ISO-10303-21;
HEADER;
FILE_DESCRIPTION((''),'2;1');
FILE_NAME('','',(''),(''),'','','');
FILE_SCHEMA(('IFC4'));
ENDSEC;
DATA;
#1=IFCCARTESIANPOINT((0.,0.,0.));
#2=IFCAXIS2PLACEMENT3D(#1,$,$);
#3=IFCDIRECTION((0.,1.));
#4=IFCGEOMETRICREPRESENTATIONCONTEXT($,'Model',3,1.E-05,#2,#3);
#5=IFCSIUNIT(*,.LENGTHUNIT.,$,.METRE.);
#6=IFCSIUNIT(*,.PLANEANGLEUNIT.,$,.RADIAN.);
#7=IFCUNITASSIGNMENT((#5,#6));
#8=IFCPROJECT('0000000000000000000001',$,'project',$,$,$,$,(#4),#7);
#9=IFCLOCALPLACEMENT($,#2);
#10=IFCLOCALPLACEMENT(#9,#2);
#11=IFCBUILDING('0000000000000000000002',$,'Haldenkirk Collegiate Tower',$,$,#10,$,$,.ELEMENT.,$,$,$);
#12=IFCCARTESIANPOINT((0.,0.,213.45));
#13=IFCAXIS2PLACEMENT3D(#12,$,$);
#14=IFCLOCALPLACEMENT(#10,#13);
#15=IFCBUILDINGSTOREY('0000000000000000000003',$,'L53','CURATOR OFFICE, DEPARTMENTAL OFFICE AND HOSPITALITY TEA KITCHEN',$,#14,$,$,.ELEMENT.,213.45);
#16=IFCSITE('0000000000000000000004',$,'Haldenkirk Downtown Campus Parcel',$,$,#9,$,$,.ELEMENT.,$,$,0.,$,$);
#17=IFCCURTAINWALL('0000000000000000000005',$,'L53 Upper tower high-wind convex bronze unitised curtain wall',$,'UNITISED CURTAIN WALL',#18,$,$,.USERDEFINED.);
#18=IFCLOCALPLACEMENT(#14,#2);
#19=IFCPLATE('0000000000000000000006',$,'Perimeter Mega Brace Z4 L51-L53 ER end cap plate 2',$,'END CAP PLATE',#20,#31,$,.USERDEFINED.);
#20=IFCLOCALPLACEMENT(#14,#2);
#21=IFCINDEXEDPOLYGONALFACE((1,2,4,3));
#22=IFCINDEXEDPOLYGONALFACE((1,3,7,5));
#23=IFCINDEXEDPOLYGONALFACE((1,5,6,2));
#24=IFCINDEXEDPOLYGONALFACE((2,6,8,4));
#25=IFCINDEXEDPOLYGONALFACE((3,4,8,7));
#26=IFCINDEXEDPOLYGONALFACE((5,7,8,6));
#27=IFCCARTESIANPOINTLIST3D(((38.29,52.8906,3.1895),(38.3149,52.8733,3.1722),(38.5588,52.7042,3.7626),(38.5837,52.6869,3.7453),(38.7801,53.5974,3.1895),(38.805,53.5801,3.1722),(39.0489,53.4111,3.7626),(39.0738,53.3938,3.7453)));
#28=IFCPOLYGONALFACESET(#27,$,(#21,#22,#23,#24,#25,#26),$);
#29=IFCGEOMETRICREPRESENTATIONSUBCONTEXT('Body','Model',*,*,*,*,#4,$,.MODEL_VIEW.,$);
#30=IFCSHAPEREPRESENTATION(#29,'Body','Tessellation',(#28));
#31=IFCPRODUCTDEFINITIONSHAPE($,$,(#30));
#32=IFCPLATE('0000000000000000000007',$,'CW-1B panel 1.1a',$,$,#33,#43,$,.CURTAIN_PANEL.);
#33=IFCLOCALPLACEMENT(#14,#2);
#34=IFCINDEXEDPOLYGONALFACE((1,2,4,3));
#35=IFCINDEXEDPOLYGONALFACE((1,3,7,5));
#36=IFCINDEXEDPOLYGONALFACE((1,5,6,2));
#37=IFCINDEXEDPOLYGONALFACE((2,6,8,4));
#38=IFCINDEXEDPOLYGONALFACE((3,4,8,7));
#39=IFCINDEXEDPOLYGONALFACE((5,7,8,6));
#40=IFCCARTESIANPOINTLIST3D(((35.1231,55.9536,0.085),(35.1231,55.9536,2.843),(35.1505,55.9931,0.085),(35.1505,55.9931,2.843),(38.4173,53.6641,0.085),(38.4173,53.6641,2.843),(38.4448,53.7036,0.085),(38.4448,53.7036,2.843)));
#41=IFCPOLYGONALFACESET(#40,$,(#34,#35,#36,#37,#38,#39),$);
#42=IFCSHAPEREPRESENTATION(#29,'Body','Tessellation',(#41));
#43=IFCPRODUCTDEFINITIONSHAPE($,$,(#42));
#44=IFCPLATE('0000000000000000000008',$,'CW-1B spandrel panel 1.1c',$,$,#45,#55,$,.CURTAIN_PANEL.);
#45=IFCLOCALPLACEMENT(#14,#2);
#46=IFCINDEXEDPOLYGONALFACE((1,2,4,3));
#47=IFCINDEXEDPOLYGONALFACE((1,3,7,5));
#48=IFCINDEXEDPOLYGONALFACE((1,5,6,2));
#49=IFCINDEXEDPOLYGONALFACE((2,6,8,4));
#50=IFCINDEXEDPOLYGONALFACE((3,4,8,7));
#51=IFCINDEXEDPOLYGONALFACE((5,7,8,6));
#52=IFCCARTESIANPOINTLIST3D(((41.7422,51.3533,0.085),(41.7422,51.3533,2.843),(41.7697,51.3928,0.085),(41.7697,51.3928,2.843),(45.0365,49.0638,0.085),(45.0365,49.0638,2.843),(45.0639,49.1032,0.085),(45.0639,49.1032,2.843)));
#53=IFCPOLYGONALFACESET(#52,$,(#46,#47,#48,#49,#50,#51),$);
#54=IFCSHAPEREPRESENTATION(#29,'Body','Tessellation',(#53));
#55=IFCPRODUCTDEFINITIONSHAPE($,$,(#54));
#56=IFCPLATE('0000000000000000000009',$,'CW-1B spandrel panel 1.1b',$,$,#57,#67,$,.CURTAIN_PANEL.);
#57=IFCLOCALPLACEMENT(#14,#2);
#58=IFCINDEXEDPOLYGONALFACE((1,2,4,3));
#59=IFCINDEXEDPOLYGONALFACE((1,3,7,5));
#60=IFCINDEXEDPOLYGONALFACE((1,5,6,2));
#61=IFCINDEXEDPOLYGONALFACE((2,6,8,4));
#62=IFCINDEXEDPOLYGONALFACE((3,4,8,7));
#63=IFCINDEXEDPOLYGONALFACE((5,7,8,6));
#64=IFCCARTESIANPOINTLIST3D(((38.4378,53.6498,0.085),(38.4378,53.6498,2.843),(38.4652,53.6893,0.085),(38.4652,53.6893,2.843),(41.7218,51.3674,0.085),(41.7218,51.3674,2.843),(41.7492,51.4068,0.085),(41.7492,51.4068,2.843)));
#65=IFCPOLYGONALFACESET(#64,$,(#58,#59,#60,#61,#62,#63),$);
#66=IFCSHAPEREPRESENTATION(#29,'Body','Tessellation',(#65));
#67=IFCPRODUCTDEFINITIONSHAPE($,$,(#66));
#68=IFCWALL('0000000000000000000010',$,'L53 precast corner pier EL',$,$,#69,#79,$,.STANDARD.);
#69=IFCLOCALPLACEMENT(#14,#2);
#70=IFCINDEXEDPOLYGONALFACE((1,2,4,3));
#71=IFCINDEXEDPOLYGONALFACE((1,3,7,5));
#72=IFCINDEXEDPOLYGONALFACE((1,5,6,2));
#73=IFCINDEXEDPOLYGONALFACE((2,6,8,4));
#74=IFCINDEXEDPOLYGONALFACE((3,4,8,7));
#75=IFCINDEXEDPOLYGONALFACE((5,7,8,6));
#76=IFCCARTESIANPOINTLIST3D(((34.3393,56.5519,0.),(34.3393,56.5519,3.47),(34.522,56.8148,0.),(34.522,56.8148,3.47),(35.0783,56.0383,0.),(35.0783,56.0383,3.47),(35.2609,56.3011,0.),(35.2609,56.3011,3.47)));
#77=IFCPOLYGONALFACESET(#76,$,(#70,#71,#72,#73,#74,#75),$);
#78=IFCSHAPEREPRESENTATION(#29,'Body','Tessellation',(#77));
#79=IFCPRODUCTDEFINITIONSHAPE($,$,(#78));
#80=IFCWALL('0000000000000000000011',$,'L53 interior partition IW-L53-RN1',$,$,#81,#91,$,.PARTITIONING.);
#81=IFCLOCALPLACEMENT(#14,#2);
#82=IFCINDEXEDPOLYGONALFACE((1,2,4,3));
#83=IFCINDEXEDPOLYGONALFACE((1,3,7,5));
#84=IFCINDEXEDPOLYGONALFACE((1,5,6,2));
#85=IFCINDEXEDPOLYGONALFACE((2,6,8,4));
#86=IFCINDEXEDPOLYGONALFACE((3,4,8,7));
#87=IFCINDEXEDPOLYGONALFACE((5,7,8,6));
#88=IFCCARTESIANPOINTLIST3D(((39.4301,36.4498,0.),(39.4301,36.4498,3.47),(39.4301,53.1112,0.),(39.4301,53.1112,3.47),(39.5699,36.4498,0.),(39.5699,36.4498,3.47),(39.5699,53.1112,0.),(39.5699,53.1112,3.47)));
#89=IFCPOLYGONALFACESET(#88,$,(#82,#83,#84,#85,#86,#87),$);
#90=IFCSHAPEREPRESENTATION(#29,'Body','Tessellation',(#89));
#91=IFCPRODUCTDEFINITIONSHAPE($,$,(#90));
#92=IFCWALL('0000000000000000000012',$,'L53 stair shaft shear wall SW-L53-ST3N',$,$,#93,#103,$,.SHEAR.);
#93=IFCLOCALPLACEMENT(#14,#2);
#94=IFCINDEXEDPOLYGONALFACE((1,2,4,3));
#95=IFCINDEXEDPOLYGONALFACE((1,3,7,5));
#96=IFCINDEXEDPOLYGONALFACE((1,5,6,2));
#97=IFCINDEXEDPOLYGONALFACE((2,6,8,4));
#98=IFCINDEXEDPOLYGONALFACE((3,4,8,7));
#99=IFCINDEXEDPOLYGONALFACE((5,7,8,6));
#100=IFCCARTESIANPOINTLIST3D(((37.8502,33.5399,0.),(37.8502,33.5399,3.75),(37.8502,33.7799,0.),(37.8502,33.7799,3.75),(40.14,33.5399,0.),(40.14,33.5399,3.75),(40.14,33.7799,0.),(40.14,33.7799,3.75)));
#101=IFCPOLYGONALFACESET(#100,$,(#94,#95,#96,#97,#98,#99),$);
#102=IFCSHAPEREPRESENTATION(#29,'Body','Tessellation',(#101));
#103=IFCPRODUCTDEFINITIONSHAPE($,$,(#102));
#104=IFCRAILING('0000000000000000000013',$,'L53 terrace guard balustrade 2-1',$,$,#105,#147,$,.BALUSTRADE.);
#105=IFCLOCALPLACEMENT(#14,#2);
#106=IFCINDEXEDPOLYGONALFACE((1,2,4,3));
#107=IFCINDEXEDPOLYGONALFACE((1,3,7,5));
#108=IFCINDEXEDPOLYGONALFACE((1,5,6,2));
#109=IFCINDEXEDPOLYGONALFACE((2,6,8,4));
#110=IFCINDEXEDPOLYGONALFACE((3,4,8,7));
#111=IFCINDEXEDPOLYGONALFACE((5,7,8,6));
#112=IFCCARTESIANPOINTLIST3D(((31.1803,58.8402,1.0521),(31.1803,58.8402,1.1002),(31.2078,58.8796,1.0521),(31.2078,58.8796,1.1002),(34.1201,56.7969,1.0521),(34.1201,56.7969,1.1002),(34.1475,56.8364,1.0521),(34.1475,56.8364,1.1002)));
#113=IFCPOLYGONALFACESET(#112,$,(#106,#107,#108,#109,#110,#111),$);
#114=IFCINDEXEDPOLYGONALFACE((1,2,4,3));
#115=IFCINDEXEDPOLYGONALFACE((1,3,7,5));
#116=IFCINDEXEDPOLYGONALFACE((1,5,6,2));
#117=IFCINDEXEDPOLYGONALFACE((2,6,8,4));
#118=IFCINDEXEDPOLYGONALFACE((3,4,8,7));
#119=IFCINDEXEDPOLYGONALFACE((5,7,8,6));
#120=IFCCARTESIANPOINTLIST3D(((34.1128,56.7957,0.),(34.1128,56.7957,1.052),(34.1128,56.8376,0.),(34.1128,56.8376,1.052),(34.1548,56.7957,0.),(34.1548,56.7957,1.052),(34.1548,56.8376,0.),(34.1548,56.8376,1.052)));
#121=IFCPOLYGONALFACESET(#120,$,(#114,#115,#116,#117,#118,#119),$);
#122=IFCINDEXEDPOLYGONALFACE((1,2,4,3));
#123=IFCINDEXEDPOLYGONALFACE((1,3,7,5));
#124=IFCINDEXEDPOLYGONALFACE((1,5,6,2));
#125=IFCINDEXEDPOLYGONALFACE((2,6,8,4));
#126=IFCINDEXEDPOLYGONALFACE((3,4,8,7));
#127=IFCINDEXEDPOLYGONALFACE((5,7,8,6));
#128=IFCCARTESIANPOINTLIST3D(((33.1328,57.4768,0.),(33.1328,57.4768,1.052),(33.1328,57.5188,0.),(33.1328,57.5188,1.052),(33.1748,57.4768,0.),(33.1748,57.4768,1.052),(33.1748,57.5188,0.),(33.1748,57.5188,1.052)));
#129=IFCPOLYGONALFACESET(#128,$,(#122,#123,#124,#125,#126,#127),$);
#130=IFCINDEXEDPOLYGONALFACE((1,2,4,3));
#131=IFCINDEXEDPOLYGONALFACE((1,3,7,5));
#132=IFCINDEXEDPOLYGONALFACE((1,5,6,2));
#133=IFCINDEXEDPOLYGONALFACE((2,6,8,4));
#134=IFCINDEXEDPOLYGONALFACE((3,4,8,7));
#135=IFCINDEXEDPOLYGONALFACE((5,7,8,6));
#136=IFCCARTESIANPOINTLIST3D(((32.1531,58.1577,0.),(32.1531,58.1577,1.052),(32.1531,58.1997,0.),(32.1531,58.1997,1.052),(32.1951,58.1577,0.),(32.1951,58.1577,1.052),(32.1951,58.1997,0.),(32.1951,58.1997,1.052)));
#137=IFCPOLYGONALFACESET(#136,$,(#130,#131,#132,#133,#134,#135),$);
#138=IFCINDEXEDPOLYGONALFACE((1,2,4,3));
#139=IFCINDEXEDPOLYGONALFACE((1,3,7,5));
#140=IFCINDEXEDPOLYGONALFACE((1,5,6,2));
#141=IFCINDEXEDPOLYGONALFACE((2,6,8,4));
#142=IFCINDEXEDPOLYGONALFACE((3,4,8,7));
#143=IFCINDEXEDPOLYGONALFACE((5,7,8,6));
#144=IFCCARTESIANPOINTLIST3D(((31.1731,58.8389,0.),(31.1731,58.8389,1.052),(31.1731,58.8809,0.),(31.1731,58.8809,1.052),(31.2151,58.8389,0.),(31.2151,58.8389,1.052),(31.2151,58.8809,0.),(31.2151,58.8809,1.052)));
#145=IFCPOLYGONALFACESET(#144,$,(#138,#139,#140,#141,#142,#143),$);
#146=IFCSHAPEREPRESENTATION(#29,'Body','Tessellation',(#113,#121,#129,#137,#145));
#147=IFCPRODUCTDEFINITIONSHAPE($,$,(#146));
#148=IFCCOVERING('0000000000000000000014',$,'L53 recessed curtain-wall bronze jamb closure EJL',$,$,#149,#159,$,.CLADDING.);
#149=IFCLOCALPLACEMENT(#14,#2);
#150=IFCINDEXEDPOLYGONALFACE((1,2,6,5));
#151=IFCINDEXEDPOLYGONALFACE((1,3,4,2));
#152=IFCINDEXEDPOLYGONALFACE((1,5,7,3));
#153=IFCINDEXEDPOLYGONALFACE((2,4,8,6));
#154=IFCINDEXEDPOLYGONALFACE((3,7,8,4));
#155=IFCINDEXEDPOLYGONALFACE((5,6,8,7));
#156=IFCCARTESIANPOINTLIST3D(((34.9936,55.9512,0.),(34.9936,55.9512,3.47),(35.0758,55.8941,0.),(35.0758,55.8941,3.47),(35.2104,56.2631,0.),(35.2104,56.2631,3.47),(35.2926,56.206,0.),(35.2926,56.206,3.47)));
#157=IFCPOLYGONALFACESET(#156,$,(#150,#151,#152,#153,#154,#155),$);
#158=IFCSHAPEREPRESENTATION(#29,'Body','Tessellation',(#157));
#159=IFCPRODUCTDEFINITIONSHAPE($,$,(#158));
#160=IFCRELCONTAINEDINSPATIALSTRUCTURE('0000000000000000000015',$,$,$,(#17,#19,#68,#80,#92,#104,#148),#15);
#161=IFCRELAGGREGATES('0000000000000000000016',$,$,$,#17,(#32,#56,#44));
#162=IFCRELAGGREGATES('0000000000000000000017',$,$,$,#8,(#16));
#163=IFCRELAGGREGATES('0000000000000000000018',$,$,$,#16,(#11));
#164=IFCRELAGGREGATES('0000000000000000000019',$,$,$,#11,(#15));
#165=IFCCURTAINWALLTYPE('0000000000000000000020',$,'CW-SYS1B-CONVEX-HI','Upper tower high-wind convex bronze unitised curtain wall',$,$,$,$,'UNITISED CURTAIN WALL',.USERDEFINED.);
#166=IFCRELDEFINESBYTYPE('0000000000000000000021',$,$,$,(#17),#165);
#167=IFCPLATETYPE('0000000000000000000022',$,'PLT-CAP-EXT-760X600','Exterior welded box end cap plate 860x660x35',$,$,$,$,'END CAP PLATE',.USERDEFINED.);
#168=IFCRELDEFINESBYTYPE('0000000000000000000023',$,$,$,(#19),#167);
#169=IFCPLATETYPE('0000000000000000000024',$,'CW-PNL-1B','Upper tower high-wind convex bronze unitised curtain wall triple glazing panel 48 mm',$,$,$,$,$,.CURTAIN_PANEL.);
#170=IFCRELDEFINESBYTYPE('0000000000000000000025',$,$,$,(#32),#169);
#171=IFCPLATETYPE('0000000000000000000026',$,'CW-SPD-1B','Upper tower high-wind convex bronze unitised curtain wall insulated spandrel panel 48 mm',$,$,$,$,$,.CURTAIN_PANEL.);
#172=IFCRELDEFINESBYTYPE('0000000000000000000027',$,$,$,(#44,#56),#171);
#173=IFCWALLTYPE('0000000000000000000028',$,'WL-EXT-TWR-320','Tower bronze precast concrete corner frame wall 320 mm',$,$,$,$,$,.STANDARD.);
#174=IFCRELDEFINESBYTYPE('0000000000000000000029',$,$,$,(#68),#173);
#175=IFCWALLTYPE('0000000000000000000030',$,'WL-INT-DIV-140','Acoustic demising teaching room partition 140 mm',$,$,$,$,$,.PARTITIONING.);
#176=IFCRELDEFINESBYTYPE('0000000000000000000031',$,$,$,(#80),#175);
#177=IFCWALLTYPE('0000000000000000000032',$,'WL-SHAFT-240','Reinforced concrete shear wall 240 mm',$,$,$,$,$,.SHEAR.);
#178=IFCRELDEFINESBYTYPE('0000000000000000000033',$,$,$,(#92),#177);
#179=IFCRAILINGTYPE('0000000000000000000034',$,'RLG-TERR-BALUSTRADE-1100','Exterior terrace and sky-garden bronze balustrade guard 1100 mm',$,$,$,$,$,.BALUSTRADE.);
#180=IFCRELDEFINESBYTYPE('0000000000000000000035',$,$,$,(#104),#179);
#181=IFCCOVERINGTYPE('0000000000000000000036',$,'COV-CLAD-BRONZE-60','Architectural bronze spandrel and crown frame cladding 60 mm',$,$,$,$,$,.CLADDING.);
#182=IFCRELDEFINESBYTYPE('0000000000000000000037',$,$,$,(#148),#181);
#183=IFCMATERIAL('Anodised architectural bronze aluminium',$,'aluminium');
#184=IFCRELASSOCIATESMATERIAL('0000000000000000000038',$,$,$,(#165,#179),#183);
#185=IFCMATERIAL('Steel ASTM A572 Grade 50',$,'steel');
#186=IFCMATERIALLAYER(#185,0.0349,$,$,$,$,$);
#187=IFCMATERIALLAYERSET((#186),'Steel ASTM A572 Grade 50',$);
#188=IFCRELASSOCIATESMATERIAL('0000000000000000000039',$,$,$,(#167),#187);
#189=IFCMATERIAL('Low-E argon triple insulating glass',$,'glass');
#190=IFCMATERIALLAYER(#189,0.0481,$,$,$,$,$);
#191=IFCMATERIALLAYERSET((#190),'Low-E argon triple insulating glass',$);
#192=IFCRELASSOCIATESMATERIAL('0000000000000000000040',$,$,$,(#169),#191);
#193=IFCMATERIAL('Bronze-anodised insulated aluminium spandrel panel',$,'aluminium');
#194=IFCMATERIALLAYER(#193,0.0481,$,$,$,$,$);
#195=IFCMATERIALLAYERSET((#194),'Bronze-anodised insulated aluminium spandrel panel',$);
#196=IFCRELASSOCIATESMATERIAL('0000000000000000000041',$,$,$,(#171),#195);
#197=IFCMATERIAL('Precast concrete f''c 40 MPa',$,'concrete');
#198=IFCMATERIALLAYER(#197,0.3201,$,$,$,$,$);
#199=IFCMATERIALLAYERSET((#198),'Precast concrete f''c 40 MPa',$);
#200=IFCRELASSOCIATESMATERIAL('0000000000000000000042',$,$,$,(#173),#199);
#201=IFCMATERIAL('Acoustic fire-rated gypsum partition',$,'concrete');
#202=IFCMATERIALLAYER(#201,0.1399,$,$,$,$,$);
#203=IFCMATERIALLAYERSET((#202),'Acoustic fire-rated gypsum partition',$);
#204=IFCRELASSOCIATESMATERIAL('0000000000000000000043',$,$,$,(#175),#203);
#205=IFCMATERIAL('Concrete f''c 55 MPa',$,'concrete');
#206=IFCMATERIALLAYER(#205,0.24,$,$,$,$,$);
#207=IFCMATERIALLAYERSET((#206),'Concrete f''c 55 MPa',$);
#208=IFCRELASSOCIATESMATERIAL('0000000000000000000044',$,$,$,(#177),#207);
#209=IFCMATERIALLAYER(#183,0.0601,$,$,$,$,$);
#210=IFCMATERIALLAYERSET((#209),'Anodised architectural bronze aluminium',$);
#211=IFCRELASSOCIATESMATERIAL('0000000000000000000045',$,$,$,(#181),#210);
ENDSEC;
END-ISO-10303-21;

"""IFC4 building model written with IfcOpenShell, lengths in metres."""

from ifc_helpers import new_model, si_unit, direction, frame, frame_2d, origin, origin_2d, place, context, subcontext, project, spatial, rectangle, extrude, source, transform, mapped, material, layer, layer_set, type_object, element, aggregate, save


model = new_model("IFC4")

# Units and contexts
model_context = context("Model", 3, precision=1e-05, world=origin(), true_north=direction((0.0, 1.0)))
body_context = subcontext(model_context, "Body", "Model", "MODEL_VIEW")
ifc_project = project(units=[si_unit("LENGTHUNIT", "METRE"), si_unit("PLANEANGLEUNIT", "RADIAN")], contexts=[model_context])

# Site, building, storey
site_placement = place(None, origin())
site = spatial("IfcSite", under=ifc_project, at=site_placement, Name="Haldenkirk Downtown Campus Parcel", CompositionType="ELEMENT", RefElevation=0.0)
building_placement = place(site_placement, origin())
building = spatial("IfcBuilding", under=site, at=building_placement, Name="Haldenkirk Collegiate Tower", CompositionType="ELEMENT")
storey_placement = place(building_placement, frame((0.0, 0.0, 213.45)))
storey = spatial("IfcBuildingStorey", under=building, at=storey_placement, Name="L53", Description="CURATOR OFFICE, DEPARTMENTAL OFFICE AND HOSPITALITY TEA KITCHEN", CompositionType="ELEMENT", Elevation=213.45)

# Curtain wall
ifc_material_1 = material(Name="Anodised architectural bronze aluminium", Category="aluminium")
curtain_wall_type = type_object("IfcCurtainWallType", Name="CW-SYS1B-CONVEX-HI", Description="Upper tower high-wind convex bronze unitised curtain wall", ElementType="UNITISED CURTAIN WALL", PredefinedType="USERDEFINED", material=ifc_material_1)
curtain_wall_placement = place(storey_placement, origin())
curtain_wall = element("IfcCurtainWall", 1, at=curtain_wall_placement, inside=storey, type_object=curtain_wall_type, Name="L53 Upper tower high-wind convex bronze unitised curtain wall", ObjectType="UNITISED CURTAIN WALL", PredefinedType="USERDEFINED")

# Plates
ifc_material_2 = material(Name="Steel ASTM A572 Grade 50", Category="steel")
ifc_layer_1 = layer(ifc_material_2, 0.0349)
ifc_layer_set_1 = layer_set([ifc_layer_1], Name="Steel ASTM A572 Grade 50")
plate_type_1 = type_object("IfcPlateType", Name="PLT-CAP-EXT-760X600", Description="Exterior welded box end cap plate 860x660x35", ElementType="END CAP PLATE", PredefinedType="USERDEFINED", material=ifc_layer_set_1)
shared_shape_1 = source(origin(), body_context, "Body", "SweptSolid", [
    extrude(rectangle(XDim=0.8601, YDim=0.6599, at=origin_2d()), origin(), (0.0, 0.0, 1.0), 0.0349),
])
plate_1_placement = place(storey_placement, frame((38.6943, 53.1335, 3.4587), z_axis=(-0.713751, 0.494863, 0.495651), x_axis=(-0.569776, -0.8218, 0.0)))
element("IfcPlate", 2, at=plate_1_placement, inside=storey, type_object=plate_type_1, Name="Perimeter Mega Brace Z4 L51-L53 ER end cap plate 2", ObjectType="END CAP PLATE", PredefinedType="USERDEFINED", context=body_context, shape_type="MappedRepresentation", body=[
    mapped(shared_shape_1, transform((0.0, 0.0, 0.0), x_axis=(1.0, 0.0, 0.0), y_axis=(0.0, 1.0, 0.0), z_axis=(0.0, 0.0, 1.0), scale=1.0)),
])
ifc_material_3 = material(Name="Low-E argon triple insulating glass", Category="glass")
ifc_layer_2 = layer(ifc_material_3, 0.0481)
ifc_layer_set_2 = layer_set([ifc_layer_2], Name="Low-E argon triple insulating glass")
plate_type_2 = type_object("IfcPlateType", Name="CW-PNL-1B", Description="Upper tower high-wind convex bronze unitised curtain wall triple glazing panel 48 mm", PredefinedType="CURTAIN_PANEL", material=ifc_layer_set_2)
shared_shape_2 = source(origin(), body_context, "Body", "SweptSolid", [
    extrude(rectangle(XDim=4.0117, YDim=0.0481, at=origin_2d()), origin(), (0.0, 0.0, 1.0), 2.7581),
])
plate_2_placement = place(storey_placement, frame((36.7839, 54.8286, 0.085), z_axis=(0.0, 0.0, 1.0), x_axis=(0.821149, -0.570713, 0.0)))
plate_2 = element("IfcPlate", 3, at=plate_2_placement, type_object=plate_type_2, Name="CW-1B panel 1.1a", PredefinedType="CURTAIN_PANEL", context=body_context, shape_type="MappedRepresentation", body=[
    mapped(shared_shape_2, transform((0.0, 0.0, 0.0), x_axis=(1.0, 0.0, 0.0), y_axis=(0.0, 1.0, 0.0), z_axis=(0.0, 0.0, 1.0), scale=1.0)),
])
ifc_material_4 = material(Name="Bronze-anodised insulated aluminium spandrel panel", Category="aluminium")
ifc_layer_3 = layer(ifc_material_4, 0.0481)
ifc_layer_set_3 = layer_set([ifc_layer_3], Name="Bronze-anodised insulated aluminium spandrel panel")
plate_type_3 = type_object("IfcPlateType", Name="CW-SPD-1B", Description="Upper tower high-wind convex bronze unitised curtain wall insulated spandrel panel 48 mm", PredefinedType="CURTAIN_PANEL", material=ifc_layer_set_3)
plate_3_placement = place(storey_placement, frame((43.4031, 50.2283, 0.085), z_axis=(0.0, 0.0, 1.0), x_axis=(0.821149, -0.570713, 0.0)))
plate_3 = element("IfcPlate", 4, at=plate_3_placement, type_object=plate_type_3, Name="CW-1B spandrel panel 1.1c", PredefinedType="CURTAIN_PANEL", context=body_context, shape_type="MappedRepresentation", body=[
    mapped(shared_shape_2, transform((0.0, 0.0, 0.0), x_axis=(1.0, 0.0, 0.0), y_axis=(0.0, 1.0, 0.0), z_axis=(0.0, 0.0, 1.0), scale=1.0)),
])
shared_shape_3 = source(origin(), body_context, "Body", "SweptSolid", [
    extrude(rectangle(XDim=3.9993, YDim=0.0481, at=origin_2d()), origin(), (0.0, 0.0, 1.0), 2.7581),
])
plate_4_placement = place(storey_placement, frame((40.0935, 52.5283, 0.085), z_axis=(0.0, 0.0, 1.0), x_axis=(0.821149, -0.570713, 0.0)))
plate_4 = element("IfcPlate", 5, at=plate_4_placement, type_object=plate_type_3, Name="CW-1B spandrel panel 1.1b", PredefinedType="CURTAIN_PANEL", context=body_context, shape_type="MappedRepresentation", body=[
    mapped(shared_shape_3, transform((0.0, 0.0, 0.0), x_axis=(1.0, 0.0, 0.0), y_axis=(0.0, 1.0, 0.0), z_axis=(0.0, 0.0, 1.0), scale=1.0)),
])
aggregate(curtain_wall, [plate_2, plate_4, plate_3])

# Walls
ifc_material_5 = material(Name="Precast concrete f'c 40 MPa", Category="concrete")
ifc_layer_4 = layer(ifc_material_5, 0.3201)
ifc_layer_set_4 = layer_set([ifc_layer_4], Name="Precast concrete f'c 40 MPa")
wall_type_1 = type_object("IfcWallType", Name="WL-EXT-TWR-320", Description="Tower bronze precast concrete corner frame wall 320 mm", PredefinedType="STANDARD", material=ifc_layer_set_4)
wall_1_placement = place(storey_placement, frame((34.4307, 56.6833, 0.0), z_axis=(0.0, 0.0, 1.0), x_axis=(0.821126, -0.570747, 0.0)))
element("IfcWall", 6, at=wall_1_placement, inside=storey, type_object=wall_type_1, Name="L53 precast corner pier EL", PredefinedType="STANDARD", context=body_context, shape_type="SweptSolid", body=[
    extrude(rectangle(XDim=0.8999, YDim=0.3201, at=frame_2d((0.45, 0.0))), origin(), (0.0, 0.0, 1.0), 3.47),
])
ifc_material_6 = material(Name="Acoustic fire-rated gypsum partition", Category="concrete")
ifc_layer_5 = layer(ifc_material_6, 0.1399)
ifc_layer_set_5 = layer_set([ifc_layer_5], Name="Acoustic fire-rated gypsum partition")
wall_type_2 = type_object("IfcWallType", Name="WL-INT-DIV-140", Description="Acoustic demising teaching room partition 140 mm", PredefinedType="PARTITIONING", material=ifc_layer_set_5)
wall_2_placement = place(storey_placement, frame((39.5, 36.45, 0.0), z_axis=(0.0, 0.0, 1.0), x_axis=(0.0, 1.0, 0.0)))
element("IfcWall", 7, at=wall_2_placement, inside=storey, type_object=wall_type_2, Name="L53 interior partition IW-L53-RN1", PredefinedType="PARTITIONING", context=body_context, shape_type="SweptSolid", body=[
    extrude(rectangle(XDim=16.6614, YDim=0.1399, at=frame_2d((8.3306, 0.0))), origin(), (0.0, 0.0, 1.0), 3.47),
])
ifc_material_7 = material(Name="Concrete f'c 55 MPa", Category="concrete")
ifc_layer_6 = layer(ifc_material_7, 0.24)
ifc_layer_set_6 = layer_set([ifc_layer_6], Name="Concrete f'c 55 MPa")
wall_type_3 = type_object("IfcWallType", Name="WL-SHAFT-240", Description="Reinforced concrete shear wall 240 mm", PredefinedType="SHEAR", material=ifc_layer_set_6)
wall_3_placement = place(storey_placement, frame((37.8501, 33.6599, 0.0), z_axis=(0.0, 0.0, 1.0), x_axis=(1.0, 0.0, 0.0)))
element("IfcWall", 8, at=wall_3_placement, inside=storey, type_object=wall_type_3, Name="L53 stair shaft shear wall SW-L53-ST3N", PredefinedType="SHEAR", context=body_context, shape_type="SweptSolid", body=[
    extrude(rectangle(XDim=2.2898, YDim=0.24, at=frame_2d((1.145, 0.0))), origin(), (0.0, 0.0, 1.0), 3.75),
])

# Railing
railing_type = type_object("IfcRailingType", Name="RLG-TERR-BALUSTRADE-1100", Description="Exterior terrace and sky-garden bronze balustrade guard 1100 mm", PredefinedType="BALUSTRADE", material=ifc_material_1)
railing_placement = place(storey_placement, frame((34.1338, 56.8167, 0.0)))
element("IfcRailing", 9, at=railing_placement, inside=storey, type_object=railing_type, Name="L53 terrace guard balustrade 2-1", PredefinedType="BALUSTRADE", context=body_context, shape_type="SweptSolid", body=[
    extrude(rectangle(XDim=0.0481, YDim=0.0481, at=origin_2d()), frame((0.0, 0.0, 1.0762), z_axis=(-0.82114, 0.570727, 0.0), x_axis=(-0.570727, -0.82114, 0.0)), (0.0, 0.0, 1.0), 3.5801),
    extrude(rectangle(XDim=0.042, YDim=0.042, at=origin_2d()), origin(), (0.0, 0.0, 1.0), 1.052),
    extrude(rectangle(XDim=0.042, YDim=0.042, at=origin_2d()), frame((-0.98, 0.6812, 0.0)), (0.0, 0.0, 1.0), 1.052),
    extrude(rectangle(XDim=0.042, YDim=0.042, at=origin_2d()), frame((-1.9597, 1.3621, 0.0)), (0.0, 0.0, 1.0), 1.052),
    extrude(rectangle(XDim=0.042, YDim=0.042, at=origin_2d()), frame((-2.9397, 2.0432, 0.0)), (0.0, 0.0, 1.0), 1.052),
])

# Covering
ifc_layer_7 = layer(ifc_material_1, 0.0601)
ifc_layer_set_7 = layer_set([ifc_layer_7], Name="Anodised architectural bronze aluminium")
covering_type = type_object("IfcCoveringType", Name="COV-CLAD-BRONZE-60", Description="Architectural bronze spandrel and crown frame cladding 60 mm", PredefinedType="CLADDING", material=ifc_layer_set_7)
shared_shape_4 = source(origin(), body_context, "Body", "SweptSolid", [
    extrude(rectangle(XDim=0.1001, YDim=0.3799, at=origin_2d()), origin(), (0.0, 0.0, 1.0), 3.47),
])
covering_placement = place(storey_placement, frame((35.1431, 56.0786, 0.0), z_axis=(0.0, 0.0, 1.0), x_axis=(0.821149, -0.570714, 0.0)))
element("IfcCovering", 10, at=covering_placement, inside=storey, type_object=covering_type, Name="L53 recessed curtain-wall bronze jamb closure EJL", PredefinedType="CLADDING", context=body_context, shape_type="MappedRepresentation", body=[
    mapped(shared_shape_4, transform((0.0, 0.0, 0.0), x_axis=(1.0, 0.0, 0.0), y_axis=(0.0, 1.0, 0.0), z_axis=(0.0, 0.0, 1.0), scale=1.0)),
])

save(model, "model.ifc")
